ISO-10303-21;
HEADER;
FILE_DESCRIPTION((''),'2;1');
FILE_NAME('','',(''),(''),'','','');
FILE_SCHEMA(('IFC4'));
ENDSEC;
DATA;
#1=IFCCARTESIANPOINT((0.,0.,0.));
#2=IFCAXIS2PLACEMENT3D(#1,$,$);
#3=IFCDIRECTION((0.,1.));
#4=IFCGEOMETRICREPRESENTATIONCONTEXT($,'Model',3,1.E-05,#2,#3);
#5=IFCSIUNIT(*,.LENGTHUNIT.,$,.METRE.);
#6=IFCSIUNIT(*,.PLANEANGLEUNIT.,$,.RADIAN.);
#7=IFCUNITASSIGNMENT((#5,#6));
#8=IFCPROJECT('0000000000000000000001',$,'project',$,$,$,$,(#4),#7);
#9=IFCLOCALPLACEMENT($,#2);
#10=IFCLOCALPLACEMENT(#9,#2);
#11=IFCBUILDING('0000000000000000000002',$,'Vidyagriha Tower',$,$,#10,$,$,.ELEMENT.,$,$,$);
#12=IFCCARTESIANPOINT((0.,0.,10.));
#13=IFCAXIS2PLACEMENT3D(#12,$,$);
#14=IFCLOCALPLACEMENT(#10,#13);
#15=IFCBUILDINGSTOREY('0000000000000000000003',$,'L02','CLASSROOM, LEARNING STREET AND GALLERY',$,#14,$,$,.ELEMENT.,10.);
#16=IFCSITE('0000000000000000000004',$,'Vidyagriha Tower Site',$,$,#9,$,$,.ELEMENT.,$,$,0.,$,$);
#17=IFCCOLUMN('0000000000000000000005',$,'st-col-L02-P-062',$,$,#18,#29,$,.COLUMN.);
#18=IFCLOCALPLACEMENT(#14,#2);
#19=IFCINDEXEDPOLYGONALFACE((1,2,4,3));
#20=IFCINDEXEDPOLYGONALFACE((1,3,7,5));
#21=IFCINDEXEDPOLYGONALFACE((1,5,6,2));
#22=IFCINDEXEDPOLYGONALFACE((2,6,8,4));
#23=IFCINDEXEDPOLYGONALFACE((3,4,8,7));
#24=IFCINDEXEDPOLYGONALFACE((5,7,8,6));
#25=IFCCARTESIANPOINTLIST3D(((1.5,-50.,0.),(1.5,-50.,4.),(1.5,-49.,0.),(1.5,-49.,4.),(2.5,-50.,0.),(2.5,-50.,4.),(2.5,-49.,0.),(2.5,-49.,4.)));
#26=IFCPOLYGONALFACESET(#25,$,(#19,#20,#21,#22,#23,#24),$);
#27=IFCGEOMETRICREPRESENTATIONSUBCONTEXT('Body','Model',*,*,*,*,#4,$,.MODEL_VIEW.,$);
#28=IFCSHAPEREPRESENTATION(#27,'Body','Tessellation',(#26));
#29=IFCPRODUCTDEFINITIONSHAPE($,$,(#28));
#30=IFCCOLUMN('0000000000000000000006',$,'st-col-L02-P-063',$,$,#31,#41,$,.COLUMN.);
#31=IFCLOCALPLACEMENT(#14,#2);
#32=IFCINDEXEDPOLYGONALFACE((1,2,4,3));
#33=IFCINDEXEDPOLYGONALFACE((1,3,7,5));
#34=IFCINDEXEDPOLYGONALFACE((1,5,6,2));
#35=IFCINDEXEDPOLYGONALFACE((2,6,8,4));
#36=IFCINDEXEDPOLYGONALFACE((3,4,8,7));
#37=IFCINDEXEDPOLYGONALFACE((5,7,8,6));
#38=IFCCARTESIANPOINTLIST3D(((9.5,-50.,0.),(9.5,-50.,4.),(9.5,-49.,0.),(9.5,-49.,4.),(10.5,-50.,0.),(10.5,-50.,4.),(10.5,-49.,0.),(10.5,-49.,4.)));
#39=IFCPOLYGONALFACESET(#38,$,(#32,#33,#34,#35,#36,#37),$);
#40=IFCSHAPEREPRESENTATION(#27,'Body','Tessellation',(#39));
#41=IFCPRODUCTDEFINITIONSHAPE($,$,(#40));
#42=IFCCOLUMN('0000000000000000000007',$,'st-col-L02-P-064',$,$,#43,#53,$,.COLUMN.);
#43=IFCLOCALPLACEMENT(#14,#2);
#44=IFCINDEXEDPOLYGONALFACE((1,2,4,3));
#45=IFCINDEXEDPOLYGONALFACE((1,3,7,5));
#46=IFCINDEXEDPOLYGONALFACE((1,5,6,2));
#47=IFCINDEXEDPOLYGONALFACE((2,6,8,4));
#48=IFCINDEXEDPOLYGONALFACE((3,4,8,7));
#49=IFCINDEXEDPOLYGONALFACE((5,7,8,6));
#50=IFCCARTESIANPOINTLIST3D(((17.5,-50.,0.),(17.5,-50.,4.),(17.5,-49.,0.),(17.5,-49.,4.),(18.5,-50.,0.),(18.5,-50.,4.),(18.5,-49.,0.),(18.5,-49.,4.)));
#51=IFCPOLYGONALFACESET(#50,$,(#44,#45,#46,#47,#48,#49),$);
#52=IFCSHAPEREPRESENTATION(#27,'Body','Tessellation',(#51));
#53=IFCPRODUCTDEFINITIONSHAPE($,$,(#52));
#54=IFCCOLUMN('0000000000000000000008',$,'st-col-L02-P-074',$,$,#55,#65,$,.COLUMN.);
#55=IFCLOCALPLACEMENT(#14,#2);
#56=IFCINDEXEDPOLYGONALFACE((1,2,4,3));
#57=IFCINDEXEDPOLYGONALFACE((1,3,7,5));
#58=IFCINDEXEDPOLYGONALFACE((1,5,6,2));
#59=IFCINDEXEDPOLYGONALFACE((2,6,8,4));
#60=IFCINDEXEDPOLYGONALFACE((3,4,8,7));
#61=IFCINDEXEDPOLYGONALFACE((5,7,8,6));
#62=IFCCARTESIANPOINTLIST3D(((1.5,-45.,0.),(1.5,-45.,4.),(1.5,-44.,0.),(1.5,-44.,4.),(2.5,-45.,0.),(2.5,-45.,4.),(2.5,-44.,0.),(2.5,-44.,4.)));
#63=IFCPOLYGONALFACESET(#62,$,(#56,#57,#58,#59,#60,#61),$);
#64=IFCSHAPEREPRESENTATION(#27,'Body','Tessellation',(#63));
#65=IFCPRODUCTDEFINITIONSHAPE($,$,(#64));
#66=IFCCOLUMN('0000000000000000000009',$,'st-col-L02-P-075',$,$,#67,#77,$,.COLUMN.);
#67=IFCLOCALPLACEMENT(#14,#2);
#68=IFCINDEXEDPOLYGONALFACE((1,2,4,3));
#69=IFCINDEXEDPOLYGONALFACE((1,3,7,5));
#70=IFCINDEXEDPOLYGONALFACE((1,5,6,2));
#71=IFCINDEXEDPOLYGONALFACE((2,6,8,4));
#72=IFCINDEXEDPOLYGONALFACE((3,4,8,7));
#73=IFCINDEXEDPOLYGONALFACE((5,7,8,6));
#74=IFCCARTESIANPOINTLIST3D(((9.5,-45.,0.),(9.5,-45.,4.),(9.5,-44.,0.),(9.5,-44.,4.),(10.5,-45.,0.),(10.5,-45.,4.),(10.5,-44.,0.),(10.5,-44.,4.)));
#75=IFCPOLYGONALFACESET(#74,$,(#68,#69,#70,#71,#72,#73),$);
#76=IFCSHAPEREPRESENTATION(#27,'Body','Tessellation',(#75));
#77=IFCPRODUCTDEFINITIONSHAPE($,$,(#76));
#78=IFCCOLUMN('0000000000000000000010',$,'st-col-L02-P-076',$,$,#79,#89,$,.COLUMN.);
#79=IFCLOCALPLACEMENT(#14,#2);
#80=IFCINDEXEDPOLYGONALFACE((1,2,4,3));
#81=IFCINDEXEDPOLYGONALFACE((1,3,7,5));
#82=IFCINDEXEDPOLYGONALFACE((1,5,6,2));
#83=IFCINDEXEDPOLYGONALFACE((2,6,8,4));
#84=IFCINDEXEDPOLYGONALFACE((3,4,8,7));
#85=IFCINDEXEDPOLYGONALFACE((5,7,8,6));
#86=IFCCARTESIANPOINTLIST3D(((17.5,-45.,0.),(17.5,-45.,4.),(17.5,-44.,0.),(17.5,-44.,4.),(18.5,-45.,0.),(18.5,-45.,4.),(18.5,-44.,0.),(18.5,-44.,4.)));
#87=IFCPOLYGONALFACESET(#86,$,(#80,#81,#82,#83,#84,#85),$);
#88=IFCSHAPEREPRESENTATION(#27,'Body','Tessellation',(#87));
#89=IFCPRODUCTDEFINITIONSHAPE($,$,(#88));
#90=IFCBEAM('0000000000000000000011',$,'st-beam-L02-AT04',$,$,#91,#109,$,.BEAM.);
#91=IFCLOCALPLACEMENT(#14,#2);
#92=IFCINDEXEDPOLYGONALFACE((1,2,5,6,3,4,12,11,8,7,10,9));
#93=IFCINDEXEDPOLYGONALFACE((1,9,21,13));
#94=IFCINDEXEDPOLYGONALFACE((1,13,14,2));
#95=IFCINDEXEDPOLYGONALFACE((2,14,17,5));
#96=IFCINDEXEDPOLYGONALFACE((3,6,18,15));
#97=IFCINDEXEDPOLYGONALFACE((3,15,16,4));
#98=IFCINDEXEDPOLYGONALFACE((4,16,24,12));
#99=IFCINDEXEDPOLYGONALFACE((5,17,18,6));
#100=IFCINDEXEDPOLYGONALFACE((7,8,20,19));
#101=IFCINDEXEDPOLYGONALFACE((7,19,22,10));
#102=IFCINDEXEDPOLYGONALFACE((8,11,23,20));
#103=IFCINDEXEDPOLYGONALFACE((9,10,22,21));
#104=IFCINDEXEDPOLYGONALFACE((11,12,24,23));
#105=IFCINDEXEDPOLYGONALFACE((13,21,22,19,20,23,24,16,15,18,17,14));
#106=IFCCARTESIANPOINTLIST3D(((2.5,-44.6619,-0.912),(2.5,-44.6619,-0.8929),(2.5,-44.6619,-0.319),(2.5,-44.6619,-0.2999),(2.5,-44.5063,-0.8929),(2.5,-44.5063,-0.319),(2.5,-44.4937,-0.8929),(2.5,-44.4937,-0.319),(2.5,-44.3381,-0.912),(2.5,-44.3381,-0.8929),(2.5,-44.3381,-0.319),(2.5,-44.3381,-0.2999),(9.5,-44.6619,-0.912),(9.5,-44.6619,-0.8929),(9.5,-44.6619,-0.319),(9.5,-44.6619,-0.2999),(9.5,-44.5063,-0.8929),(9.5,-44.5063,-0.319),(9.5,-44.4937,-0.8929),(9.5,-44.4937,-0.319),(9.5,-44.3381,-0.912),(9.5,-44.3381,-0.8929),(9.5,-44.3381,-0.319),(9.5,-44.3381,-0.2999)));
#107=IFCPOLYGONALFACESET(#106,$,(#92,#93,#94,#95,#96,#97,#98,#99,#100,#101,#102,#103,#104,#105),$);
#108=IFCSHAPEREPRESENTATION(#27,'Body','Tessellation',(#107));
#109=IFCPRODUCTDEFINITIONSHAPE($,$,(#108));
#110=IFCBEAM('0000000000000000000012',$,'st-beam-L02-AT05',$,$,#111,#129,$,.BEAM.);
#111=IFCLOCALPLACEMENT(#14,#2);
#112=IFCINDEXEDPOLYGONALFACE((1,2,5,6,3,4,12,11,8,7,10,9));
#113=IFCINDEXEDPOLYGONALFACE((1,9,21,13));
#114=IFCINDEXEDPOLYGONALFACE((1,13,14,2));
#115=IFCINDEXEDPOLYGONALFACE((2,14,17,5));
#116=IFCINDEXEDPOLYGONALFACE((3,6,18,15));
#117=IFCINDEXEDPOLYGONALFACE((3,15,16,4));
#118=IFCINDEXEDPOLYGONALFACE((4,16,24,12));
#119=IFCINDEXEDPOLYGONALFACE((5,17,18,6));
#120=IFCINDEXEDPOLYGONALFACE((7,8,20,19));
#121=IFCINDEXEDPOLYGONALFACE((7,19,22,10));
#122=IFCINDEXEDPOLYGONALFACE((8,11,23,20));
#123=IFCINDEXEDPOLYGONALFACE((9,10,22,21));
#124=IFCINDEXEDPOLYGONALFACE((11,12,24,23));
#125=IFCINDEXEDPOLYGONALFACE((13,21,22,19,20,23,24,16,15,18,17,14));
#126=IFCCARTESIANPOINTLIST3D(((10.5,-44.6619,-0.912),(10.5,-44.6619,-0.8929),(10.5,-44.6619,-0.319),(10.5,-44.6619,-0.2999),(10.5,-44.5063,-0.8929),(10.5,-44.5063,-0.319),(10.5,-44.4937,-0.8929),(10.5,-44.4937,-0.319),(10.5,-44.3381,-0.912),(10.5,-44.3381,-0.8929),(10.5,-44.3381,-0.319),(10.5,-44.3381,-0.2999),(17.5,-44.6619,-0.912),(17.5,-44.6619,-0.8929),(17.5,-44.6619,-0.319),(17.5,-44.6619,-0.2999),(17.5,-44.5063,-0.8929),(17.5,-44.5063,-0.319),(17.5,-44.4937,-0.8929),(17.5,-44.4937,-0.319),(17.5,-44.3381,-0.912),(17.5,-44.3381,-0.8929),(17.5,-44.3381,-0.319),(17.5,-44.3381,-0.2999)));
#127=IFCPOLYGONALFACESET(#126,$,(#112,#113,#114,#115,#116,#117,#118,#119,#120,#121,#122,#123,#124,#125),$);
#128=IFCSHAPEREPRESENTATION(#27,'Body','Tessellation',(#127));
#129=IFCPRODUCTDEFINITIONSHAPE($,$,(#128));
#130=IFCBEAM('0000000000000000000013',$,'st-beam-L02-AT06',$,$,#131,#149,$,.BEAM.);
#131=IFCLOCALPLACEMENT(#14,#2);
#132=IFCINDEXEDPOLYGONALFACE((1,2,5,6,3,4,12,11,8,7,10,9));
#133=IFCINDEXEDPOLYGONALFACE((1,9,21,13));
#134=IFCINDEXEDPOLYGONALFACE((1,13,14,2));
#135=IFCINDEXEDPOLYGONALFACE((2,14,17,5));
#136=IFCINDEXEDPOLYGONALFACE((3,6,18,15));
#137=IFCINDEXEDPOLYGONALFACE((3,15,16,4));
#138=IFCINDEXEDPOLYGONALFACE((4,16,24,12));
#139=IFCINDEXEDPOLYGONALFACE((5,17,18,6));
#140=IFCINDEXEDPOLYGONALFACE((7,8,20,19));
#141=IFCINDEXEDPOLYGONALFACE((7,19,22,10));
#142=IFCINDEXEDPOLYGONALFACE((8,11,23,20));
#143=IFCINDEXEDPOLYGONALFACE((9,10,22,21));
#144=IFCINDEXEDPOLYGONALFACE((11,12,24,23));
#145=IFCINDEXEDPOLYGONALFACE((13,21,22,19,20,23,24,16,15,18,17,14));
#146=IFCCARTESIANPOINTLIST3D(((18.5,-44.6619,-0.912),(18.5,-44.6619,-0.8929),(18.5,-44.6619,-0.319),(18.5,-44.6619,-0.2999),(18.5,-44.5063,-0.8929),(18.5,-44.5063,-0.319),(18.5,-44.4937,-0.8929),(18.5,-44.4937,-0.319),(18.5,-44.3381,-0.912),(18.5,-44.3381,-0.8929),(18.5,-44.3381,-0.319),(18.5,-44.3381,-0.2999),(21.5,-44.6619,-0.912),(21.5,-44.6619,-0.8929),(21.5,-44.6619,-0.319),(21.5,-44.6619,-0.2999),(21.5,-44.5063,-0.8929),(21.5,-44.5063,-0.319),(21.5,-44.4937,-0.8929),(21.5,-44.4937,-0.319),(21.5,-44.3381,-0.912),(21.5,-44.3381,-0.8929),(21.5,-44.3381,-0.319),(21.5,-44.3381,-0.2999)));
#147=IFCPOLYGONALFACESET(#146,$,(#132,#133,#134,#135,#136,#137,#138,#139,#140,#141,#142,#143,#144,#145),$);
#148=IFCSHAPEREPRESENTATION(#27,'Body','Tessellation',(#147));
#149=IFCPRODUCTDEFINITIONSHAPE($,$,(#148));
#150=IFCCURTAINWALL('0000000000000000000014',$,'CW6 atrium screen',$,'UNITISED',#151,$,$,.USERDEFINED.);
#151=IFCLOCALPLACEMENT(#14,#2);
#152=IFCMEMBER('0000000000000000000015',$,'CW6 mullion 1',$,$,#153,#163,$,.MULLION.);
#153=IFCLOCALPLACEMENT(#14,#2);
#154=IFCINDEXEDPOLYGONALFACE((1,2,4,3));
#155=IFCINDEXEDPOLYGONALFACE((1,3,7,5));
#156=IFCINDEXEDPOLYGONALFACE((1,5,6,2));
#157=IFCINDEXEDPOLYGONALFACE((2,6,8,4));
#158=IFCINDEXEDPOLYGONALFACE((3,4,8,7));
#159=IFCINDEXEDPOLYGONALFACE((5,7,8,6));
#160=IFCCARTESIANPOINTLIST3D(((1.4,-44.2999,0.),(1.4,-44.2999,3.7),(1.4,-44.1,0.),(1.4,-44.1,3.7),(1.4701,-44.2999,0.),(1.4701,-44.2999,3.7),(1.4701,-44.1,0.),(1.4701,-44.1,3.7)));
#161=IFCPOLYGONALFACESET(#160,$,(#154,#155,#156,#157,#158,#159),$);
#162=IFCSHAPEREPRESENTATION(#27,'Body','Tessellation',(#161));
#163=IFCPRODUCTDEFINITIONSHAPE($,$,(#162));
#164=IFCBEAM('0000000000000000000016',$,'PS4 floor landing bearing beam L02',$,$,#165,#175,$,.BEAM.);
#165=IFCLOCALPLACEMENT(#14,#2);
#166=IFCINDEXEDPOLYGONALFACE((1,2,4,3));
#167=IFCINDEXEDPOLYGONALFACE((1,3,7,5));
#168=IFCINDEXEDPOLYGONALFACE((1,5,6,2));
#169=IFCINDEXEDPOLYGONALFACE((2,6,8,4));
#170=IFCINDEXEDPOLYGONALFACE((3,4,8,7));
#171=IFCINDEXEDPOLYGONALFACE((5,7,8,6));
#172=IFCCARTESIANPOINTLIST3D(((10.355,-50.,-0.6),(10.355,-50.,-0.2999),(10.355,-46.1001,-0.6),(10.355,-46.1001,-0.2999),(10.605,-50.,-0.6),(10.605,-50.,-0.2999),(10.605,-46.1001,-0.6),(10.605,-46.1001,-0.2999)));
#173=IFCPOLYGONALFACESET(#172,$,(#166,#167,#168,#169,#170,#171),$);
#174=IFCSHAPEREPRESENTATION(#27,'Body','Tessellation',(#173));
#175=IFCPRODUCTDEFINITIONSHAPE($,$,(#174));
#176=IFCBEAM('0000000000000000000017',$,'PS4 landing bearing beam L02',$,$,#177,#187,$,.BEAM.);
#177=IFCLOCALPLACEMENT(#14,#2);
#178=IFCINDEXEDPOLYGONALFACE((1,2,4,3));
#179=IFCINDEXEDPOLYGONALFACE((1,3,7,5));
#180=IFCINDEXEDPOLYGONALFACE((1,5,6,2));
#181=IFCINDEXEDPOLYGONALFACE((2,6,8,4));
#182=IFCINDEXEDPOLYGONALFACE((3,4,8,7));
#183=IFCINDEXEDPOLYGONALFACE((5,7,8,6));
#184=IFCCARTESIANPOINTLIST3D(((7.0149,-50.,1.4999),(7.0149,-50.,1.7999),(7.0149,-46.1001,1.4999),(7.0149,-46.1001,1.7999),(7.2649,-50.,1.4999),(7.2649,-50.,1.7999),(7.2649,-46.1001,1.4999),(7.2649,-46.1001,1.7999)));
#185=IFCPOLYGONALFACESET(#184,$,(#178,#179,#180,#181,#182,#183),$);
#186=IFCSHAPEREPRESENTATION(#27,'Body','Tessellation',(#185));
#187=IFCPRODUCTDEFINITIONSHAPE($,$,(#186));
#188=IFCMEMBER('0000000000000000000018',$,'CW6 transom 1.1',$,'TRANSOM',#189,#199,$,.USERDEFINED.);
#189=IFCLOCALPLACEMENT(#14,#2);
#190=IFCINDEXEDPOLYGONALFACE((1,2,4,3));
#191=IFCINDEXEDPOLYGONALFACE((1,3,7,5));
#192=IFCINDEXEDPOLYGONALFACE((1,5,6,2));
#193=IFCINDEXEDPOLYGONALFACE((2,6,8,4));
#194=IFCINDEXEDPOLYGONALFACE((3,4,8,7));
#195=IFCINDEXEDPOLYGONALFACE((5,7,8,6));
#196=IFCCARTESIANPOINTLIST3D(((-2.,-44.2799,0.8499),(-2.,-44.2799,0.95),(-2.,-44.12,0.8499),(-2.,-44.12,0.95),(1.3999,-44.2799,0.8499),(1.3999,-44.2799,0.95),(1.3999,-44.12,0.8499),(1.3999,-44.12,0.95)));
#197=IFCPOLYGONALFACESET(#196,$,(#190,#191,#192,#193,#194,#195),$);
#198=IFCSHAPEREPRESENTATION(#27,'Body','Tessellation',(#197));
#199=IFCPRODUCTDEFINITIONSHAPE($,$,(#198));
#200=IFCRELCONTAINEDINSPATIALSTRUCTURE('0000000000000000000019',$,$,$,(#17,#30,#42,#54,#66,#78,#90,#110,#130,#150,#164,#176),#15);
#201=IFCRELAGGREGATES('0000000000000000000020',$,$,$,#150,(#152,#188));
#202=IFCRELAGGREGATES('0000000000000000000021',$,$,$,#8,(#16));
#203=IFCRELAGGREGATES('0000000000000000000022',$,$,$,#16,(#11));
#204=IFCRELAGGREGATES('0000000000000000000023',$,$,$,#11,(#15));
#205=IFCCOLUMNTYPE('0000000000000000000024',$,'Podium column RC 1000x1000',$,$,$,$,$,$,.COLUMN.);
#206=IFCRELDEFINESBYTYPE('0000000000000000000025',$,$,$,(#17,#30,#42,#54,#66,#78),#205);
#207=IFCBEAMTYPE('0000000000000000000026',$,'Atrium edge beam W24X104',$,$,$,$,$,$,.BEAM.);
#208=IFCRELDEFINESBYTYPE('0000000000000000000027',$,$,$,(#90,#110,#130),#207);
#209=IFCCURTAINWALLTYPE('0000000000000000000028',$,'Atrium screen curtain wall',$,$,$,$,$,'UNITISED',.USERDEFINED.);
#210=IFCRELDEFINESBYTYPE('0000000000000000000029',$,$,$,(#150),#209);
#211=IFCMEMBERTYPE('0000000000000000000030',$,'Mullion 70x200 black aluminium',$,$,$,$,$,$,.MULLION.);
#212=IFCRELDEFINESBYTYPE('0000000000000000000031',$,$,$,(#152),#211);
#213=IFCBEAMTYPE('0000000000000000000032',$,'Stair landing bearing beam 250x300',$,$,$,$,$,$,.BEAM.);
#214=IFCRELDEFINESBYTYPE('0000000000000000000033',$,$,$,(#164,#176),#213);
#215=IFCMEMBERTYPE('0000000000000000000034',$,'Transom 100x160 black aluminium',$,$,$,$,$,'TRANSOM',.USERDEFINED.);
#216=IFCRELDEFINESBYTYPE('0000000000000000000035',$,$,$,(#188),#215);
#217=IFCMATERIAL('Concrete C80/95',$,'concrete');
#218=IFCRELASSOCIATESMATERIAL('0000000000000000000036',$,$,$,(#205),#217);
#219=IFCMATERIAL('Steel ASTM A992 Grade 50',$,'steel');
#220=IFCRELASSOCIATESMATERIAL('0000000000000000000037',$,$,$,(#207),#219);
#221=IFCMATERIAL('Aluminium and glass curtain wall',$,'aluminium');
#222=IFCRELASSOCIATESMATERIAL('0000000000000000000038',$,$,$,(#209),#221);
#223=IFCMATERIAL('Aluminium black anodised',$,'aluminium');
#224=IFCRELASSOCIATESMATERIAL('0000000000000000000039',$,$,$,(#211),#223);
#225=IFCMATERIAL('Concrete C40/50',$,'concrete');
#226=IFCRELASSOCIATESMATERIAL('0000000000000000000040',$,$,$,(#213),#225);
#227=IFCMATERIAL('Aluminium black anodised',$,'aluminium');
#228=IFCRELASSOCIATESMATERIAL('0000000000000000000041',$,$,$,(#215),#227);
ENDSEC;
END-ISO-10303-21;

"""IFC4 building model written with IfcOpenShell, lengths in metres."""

from ifc_helpers import new_model, si_unit, direction, frame, origin, origin_2d, place, context, subcontext, project, spatial, rectangle, i_section, extrude, material, material_profile, profile_set, type_object, element, aggregate, save


model = new_model("IFC4")

# Units and contexts
model_context = context("Model", 3, precision=1e-05, world=origin(), true_north=direction((0.0, 1.0)))
body_context = subcontext(model_context, "Body", "Model", "MODEL_VIEW")
ifc_project = project(units=[si_unit("LENGTHUNIT", "METRE"), si_unit("PLANEANGLEUNIT", "RADIAN")], contexts=[model_context])

# Site, building, storey
site_placement = place(None, origin())
site = spatial("IfcSite", under=ifc_project, at=site_placement, Name="Vidyagriha Tower Site", CompositionType="ELEMENT", RefElevation=0.0)
building_placement = place(site_placement, origin())
building = spatial("IfcBuilding", under=site, at=building_placement, Name="Vidyagriha Tower", CompositionType="ELEMENT")
storey_placement = place(building_placement, frame((0.0, 0.0, 10.0)))
storey = spatial("IfcBuildingStorey", under=building, at=storey_placement, Name="L02", Description="CLASSROOM, LEARNING STREET AND GALLERY", CompositionType="ELEMENT", Elevation=10.0)

# Columns
ifc_material_1 = material(Name="Concrete C80/95", Category="concrete")
ifc_material_profile_1 = material_profile(ifc_material_1, rectangle(XDim=1.0, YDim=1.0, at=origin_2d()), Name="RC 1000x1000")
ifc_profile_set_1 = profile_set([ifc_material_profile_1], Name="Concrete C80/95")
column_type = type_object("IfcColumnType", Name="Podium column RC 1000x1000", PredefinedType="COLUMN", material=ifc_profile_set_1)
for number, where, name in (
    (1, (2.0, -49.5, 0.0), "st-col-L02-P-062"),
    (2, (10.0, -49.5, 0.0), "st-col-L02-P-063"),
    (3, (18.0, -49.5, 0.0), "st-col-L02-P-064"),
    (4, (2.0, -44.5, 0.0), "st-col-L02-P-074"),
    (5, (10.0, -44.5, 0.0), "st-col-L02-P-075"),
    (6, (18.0, -44.5, 0.0), "st-col-L02-P-076"),
):
    element("IfcColumn", number, at=place(storey_placement, frame(where)), inside=storey, type_object=column_type, Name=name, PredefinedType="COLUMN", context=body_context, shape_type="SweptSolid", body=[
        extrude(rectangle(XDim=1.0, YDim=1.0, at=origin_2d()), origin(), (0.0, 0.0, 1.0), 4.0),
    ])

# Beams
ifc_material_2 = material(Name="Steel ASTM A992 Grade 50", Category="steel")
ifc_material_profile_2 = material_profile(ifc_material_2, i_section(OverallWidth=0.3237, OverallDepth=0.6121, WebThickness=0.0127, FlangeThickness=0.019, at=origin_2d()), Name="W24X104")
ifc_profile_set_2 = profile_set([ifc_material_profile_2], Name="Steel ASTM A992 Grade 50")
beam_type_1 = type_object("IfcBeamType", Name="Atrium edge beam W24X104", PredefinedType="BEAM", material=ifc_profile_set_2)
for number, where, z_axis, x_axis, name in (
    (7, (2.5, -44.5, -0.606), (1.0, 0.0, 0.0), (0.0, 1.0, 0.0), "st-beam-L02-AT04"),
    (8, (10.5, -44.5, -0.606), (1.0, 0.0, 0.0), (0.0, 1.0, 0.0), "st-beam-L02-AT05"),
):
    element("IfcBeam", number, at=place(storey_placement, frame(where, z_axis=z_axis, x_axis=x_axis)), inside=storey, type_object=beam_type_1, Name=name, PredefinedType="BEAM", context=body_context, shape_type="SweptSolid", body=[
        extrude(i_section(OverallWidth=0.3237, OverallDepth=0.6121, WebThickness=0.0127, FlangeThickness=0.019, at=origin_2d()), origin(), (0.0, 0.0, 1.0), 7.0),
    ])
beam_placement = place(storey_placement, frame((18.5, -44.5, -0.606), z_axis=(1.0, 0.0, 0.0), x_axis=(0.0, 1.0, 0.0)))
element("IfcBeam", 9, at=beam_placement, inside=storey, type_object=beam_type_1, Name="st-beam-L02-AT06", PredefinedType="BEAM", context=body_context, shape_type="SweptSolid", body=[
    extrude(i_section(OverallWidth=0.3237, OverallDepth=0.6121, WebThickness=0.0127, FlangeThickness=0.019, at=origin_2d()), origin(), (0.0, 0.0, 1.0), 3.0),
])

# Curtain wall, member
ifc_material_3 = material(Name="Aluminium and glass curtain wall", Category="aluminium")
curtain_wall_type = type_object("IfcCurtainWallType", Name="Atrium screen curtain wall", ElementType="UNITISED", PredefinedType="USERDEFINED", material=ifc_material_3)
curtain_wall_placement = place(storey_placement, origin())
curtain_wall = element("IfcCurtainWall", 10, at=curtain_wall_placement, inside=storey, type_object=curtain_wall_type, Name="CW6 atrium screen", ObjectType="UNITISED", PredefinedType="USERDEFINED")
ifc_material_4 = material(Name="Aluminium black anodised", Category="aluminium")
ifc_material_profile_3 = material_profile(ifc_material_4, rectangle(XDim=0.2, YDim=0.0701, at=origin_2d()), Name="Mullion 70x200 black aluminium")
ifc_profile_set_3 = profile_set([ifc_material_profile_3], Name="Aluminium black anodised")
member_type_1 = type_object("IfcMemberType", Name="Mullion 70x200 black aluminium", PredefinedType="MULLION", material=ifc_profile_set_3)
member_1_placement = place(storey_placement, frame((1.4351, -44.2, 0.0), z_axis=(0.0, 0.0, 1.0), x_axis=(0.0, -1.0, 0.0)))
member_1 = element("IfcMember", 11, at=member_1_placement, type_object=member_type_1, Name="CW6 mullion 1", PredefinedType="MULLION", context=body_context, shape_type="SweptSolid", body=[
    extrude(rectangle(XDim=0.2, YDim=0.0701, at=origin_2d()), origin(), (0.0, 0.0, 1.0), 3.7),
])

# Beams
ifc_material_5 = material(Name="Concrete C40/50", Category="concrete")
ifc_material_profile_4 = material_profile(ifc_material_5, rectangle(XDim=0.25, YDim=0.3, at=origin_2d()), Name="Stair landing bearing beam 250x300")
ifc_profile_set_4 = profile_set([ifc_material_profile_4], Name="Concrete C40/50")
beam_type_2 = type_object("IfcBeamType", Name="Stair landing bearing beam 250x300", PredefinedType="BEAM", material=ifc_profile_set_4)
for number, where, z_axis, x_axis, name in (
    (12, (10.48, -50.0, -0.45), (0.0, 1.0, 0.0), (-1.0, 0.0, 0.0), "PS4 floor landing bearing beam L02"),
    (13, (7.1399, -50.0, 1.6499), (0.0, 1.0, 0.0), (-1.0, 0.0, 0.0), "PS4 landing bearing beam L02"),
):
    element("IfcBeam", number, at=place(storey_placement, frame(where, z_axis=z_axis, x_axis=x_axis)), inside=storey, type_object=beam_type_2, Name=name, PredefinedType="BEAM", context=body_context, shape_type="SweptSolid", body=[
        extrude(rectangle(XDim=0.25, YDim=0.3, at=origin_2d()), origin(), (0.0, 0.0, 1.0), 3.8999),
    ])

# Member
ifc_material_6 = material(Name="Aluminium black anodised", Category="aluminium")
ifc_material_profile_5 = material_profile(ifc_material_6, rectangle(XDim=0.1599, YDim=0.1001, at=origin_2d()), Name="Transom 100x160 black aluminium")
ifc_profile_set_5 = profile_set([ifc_material_profile_5], Name="Aluminium black anodised")
member_type_2 = type_object("IfcMemberType", Name="Transom 100x160 black aluminium", ElementType="TRANSOM", PredefinedType="USERDEFINED", material=ifc_profile_set_5)
member_2_placement = place(storey_placement, frame((1.3999, -44.2, 0.8999), z_axis=(-1.0, 0.0, 0.0), x_axis=(0.0, -1.0, 0.0)))
member_2 = element("IfcMember", 14, at=member_2_placement, type_object=member_type_2, Name="CW6 transom 1.1", ObjectType="TRANSOM", PredefinedType="USERDEFINED", context=body_context, shape_type="SweptSolid", body=[
    extrude(rectangle(XDim=0.1599, YDim=0.1001, at=origin_2d()), origin(), (0.0, 0.0, 1.0), 3.3999),
])
aggregate(curtain_wall, [member_1, member_2])

save(model, "model.ifc")
